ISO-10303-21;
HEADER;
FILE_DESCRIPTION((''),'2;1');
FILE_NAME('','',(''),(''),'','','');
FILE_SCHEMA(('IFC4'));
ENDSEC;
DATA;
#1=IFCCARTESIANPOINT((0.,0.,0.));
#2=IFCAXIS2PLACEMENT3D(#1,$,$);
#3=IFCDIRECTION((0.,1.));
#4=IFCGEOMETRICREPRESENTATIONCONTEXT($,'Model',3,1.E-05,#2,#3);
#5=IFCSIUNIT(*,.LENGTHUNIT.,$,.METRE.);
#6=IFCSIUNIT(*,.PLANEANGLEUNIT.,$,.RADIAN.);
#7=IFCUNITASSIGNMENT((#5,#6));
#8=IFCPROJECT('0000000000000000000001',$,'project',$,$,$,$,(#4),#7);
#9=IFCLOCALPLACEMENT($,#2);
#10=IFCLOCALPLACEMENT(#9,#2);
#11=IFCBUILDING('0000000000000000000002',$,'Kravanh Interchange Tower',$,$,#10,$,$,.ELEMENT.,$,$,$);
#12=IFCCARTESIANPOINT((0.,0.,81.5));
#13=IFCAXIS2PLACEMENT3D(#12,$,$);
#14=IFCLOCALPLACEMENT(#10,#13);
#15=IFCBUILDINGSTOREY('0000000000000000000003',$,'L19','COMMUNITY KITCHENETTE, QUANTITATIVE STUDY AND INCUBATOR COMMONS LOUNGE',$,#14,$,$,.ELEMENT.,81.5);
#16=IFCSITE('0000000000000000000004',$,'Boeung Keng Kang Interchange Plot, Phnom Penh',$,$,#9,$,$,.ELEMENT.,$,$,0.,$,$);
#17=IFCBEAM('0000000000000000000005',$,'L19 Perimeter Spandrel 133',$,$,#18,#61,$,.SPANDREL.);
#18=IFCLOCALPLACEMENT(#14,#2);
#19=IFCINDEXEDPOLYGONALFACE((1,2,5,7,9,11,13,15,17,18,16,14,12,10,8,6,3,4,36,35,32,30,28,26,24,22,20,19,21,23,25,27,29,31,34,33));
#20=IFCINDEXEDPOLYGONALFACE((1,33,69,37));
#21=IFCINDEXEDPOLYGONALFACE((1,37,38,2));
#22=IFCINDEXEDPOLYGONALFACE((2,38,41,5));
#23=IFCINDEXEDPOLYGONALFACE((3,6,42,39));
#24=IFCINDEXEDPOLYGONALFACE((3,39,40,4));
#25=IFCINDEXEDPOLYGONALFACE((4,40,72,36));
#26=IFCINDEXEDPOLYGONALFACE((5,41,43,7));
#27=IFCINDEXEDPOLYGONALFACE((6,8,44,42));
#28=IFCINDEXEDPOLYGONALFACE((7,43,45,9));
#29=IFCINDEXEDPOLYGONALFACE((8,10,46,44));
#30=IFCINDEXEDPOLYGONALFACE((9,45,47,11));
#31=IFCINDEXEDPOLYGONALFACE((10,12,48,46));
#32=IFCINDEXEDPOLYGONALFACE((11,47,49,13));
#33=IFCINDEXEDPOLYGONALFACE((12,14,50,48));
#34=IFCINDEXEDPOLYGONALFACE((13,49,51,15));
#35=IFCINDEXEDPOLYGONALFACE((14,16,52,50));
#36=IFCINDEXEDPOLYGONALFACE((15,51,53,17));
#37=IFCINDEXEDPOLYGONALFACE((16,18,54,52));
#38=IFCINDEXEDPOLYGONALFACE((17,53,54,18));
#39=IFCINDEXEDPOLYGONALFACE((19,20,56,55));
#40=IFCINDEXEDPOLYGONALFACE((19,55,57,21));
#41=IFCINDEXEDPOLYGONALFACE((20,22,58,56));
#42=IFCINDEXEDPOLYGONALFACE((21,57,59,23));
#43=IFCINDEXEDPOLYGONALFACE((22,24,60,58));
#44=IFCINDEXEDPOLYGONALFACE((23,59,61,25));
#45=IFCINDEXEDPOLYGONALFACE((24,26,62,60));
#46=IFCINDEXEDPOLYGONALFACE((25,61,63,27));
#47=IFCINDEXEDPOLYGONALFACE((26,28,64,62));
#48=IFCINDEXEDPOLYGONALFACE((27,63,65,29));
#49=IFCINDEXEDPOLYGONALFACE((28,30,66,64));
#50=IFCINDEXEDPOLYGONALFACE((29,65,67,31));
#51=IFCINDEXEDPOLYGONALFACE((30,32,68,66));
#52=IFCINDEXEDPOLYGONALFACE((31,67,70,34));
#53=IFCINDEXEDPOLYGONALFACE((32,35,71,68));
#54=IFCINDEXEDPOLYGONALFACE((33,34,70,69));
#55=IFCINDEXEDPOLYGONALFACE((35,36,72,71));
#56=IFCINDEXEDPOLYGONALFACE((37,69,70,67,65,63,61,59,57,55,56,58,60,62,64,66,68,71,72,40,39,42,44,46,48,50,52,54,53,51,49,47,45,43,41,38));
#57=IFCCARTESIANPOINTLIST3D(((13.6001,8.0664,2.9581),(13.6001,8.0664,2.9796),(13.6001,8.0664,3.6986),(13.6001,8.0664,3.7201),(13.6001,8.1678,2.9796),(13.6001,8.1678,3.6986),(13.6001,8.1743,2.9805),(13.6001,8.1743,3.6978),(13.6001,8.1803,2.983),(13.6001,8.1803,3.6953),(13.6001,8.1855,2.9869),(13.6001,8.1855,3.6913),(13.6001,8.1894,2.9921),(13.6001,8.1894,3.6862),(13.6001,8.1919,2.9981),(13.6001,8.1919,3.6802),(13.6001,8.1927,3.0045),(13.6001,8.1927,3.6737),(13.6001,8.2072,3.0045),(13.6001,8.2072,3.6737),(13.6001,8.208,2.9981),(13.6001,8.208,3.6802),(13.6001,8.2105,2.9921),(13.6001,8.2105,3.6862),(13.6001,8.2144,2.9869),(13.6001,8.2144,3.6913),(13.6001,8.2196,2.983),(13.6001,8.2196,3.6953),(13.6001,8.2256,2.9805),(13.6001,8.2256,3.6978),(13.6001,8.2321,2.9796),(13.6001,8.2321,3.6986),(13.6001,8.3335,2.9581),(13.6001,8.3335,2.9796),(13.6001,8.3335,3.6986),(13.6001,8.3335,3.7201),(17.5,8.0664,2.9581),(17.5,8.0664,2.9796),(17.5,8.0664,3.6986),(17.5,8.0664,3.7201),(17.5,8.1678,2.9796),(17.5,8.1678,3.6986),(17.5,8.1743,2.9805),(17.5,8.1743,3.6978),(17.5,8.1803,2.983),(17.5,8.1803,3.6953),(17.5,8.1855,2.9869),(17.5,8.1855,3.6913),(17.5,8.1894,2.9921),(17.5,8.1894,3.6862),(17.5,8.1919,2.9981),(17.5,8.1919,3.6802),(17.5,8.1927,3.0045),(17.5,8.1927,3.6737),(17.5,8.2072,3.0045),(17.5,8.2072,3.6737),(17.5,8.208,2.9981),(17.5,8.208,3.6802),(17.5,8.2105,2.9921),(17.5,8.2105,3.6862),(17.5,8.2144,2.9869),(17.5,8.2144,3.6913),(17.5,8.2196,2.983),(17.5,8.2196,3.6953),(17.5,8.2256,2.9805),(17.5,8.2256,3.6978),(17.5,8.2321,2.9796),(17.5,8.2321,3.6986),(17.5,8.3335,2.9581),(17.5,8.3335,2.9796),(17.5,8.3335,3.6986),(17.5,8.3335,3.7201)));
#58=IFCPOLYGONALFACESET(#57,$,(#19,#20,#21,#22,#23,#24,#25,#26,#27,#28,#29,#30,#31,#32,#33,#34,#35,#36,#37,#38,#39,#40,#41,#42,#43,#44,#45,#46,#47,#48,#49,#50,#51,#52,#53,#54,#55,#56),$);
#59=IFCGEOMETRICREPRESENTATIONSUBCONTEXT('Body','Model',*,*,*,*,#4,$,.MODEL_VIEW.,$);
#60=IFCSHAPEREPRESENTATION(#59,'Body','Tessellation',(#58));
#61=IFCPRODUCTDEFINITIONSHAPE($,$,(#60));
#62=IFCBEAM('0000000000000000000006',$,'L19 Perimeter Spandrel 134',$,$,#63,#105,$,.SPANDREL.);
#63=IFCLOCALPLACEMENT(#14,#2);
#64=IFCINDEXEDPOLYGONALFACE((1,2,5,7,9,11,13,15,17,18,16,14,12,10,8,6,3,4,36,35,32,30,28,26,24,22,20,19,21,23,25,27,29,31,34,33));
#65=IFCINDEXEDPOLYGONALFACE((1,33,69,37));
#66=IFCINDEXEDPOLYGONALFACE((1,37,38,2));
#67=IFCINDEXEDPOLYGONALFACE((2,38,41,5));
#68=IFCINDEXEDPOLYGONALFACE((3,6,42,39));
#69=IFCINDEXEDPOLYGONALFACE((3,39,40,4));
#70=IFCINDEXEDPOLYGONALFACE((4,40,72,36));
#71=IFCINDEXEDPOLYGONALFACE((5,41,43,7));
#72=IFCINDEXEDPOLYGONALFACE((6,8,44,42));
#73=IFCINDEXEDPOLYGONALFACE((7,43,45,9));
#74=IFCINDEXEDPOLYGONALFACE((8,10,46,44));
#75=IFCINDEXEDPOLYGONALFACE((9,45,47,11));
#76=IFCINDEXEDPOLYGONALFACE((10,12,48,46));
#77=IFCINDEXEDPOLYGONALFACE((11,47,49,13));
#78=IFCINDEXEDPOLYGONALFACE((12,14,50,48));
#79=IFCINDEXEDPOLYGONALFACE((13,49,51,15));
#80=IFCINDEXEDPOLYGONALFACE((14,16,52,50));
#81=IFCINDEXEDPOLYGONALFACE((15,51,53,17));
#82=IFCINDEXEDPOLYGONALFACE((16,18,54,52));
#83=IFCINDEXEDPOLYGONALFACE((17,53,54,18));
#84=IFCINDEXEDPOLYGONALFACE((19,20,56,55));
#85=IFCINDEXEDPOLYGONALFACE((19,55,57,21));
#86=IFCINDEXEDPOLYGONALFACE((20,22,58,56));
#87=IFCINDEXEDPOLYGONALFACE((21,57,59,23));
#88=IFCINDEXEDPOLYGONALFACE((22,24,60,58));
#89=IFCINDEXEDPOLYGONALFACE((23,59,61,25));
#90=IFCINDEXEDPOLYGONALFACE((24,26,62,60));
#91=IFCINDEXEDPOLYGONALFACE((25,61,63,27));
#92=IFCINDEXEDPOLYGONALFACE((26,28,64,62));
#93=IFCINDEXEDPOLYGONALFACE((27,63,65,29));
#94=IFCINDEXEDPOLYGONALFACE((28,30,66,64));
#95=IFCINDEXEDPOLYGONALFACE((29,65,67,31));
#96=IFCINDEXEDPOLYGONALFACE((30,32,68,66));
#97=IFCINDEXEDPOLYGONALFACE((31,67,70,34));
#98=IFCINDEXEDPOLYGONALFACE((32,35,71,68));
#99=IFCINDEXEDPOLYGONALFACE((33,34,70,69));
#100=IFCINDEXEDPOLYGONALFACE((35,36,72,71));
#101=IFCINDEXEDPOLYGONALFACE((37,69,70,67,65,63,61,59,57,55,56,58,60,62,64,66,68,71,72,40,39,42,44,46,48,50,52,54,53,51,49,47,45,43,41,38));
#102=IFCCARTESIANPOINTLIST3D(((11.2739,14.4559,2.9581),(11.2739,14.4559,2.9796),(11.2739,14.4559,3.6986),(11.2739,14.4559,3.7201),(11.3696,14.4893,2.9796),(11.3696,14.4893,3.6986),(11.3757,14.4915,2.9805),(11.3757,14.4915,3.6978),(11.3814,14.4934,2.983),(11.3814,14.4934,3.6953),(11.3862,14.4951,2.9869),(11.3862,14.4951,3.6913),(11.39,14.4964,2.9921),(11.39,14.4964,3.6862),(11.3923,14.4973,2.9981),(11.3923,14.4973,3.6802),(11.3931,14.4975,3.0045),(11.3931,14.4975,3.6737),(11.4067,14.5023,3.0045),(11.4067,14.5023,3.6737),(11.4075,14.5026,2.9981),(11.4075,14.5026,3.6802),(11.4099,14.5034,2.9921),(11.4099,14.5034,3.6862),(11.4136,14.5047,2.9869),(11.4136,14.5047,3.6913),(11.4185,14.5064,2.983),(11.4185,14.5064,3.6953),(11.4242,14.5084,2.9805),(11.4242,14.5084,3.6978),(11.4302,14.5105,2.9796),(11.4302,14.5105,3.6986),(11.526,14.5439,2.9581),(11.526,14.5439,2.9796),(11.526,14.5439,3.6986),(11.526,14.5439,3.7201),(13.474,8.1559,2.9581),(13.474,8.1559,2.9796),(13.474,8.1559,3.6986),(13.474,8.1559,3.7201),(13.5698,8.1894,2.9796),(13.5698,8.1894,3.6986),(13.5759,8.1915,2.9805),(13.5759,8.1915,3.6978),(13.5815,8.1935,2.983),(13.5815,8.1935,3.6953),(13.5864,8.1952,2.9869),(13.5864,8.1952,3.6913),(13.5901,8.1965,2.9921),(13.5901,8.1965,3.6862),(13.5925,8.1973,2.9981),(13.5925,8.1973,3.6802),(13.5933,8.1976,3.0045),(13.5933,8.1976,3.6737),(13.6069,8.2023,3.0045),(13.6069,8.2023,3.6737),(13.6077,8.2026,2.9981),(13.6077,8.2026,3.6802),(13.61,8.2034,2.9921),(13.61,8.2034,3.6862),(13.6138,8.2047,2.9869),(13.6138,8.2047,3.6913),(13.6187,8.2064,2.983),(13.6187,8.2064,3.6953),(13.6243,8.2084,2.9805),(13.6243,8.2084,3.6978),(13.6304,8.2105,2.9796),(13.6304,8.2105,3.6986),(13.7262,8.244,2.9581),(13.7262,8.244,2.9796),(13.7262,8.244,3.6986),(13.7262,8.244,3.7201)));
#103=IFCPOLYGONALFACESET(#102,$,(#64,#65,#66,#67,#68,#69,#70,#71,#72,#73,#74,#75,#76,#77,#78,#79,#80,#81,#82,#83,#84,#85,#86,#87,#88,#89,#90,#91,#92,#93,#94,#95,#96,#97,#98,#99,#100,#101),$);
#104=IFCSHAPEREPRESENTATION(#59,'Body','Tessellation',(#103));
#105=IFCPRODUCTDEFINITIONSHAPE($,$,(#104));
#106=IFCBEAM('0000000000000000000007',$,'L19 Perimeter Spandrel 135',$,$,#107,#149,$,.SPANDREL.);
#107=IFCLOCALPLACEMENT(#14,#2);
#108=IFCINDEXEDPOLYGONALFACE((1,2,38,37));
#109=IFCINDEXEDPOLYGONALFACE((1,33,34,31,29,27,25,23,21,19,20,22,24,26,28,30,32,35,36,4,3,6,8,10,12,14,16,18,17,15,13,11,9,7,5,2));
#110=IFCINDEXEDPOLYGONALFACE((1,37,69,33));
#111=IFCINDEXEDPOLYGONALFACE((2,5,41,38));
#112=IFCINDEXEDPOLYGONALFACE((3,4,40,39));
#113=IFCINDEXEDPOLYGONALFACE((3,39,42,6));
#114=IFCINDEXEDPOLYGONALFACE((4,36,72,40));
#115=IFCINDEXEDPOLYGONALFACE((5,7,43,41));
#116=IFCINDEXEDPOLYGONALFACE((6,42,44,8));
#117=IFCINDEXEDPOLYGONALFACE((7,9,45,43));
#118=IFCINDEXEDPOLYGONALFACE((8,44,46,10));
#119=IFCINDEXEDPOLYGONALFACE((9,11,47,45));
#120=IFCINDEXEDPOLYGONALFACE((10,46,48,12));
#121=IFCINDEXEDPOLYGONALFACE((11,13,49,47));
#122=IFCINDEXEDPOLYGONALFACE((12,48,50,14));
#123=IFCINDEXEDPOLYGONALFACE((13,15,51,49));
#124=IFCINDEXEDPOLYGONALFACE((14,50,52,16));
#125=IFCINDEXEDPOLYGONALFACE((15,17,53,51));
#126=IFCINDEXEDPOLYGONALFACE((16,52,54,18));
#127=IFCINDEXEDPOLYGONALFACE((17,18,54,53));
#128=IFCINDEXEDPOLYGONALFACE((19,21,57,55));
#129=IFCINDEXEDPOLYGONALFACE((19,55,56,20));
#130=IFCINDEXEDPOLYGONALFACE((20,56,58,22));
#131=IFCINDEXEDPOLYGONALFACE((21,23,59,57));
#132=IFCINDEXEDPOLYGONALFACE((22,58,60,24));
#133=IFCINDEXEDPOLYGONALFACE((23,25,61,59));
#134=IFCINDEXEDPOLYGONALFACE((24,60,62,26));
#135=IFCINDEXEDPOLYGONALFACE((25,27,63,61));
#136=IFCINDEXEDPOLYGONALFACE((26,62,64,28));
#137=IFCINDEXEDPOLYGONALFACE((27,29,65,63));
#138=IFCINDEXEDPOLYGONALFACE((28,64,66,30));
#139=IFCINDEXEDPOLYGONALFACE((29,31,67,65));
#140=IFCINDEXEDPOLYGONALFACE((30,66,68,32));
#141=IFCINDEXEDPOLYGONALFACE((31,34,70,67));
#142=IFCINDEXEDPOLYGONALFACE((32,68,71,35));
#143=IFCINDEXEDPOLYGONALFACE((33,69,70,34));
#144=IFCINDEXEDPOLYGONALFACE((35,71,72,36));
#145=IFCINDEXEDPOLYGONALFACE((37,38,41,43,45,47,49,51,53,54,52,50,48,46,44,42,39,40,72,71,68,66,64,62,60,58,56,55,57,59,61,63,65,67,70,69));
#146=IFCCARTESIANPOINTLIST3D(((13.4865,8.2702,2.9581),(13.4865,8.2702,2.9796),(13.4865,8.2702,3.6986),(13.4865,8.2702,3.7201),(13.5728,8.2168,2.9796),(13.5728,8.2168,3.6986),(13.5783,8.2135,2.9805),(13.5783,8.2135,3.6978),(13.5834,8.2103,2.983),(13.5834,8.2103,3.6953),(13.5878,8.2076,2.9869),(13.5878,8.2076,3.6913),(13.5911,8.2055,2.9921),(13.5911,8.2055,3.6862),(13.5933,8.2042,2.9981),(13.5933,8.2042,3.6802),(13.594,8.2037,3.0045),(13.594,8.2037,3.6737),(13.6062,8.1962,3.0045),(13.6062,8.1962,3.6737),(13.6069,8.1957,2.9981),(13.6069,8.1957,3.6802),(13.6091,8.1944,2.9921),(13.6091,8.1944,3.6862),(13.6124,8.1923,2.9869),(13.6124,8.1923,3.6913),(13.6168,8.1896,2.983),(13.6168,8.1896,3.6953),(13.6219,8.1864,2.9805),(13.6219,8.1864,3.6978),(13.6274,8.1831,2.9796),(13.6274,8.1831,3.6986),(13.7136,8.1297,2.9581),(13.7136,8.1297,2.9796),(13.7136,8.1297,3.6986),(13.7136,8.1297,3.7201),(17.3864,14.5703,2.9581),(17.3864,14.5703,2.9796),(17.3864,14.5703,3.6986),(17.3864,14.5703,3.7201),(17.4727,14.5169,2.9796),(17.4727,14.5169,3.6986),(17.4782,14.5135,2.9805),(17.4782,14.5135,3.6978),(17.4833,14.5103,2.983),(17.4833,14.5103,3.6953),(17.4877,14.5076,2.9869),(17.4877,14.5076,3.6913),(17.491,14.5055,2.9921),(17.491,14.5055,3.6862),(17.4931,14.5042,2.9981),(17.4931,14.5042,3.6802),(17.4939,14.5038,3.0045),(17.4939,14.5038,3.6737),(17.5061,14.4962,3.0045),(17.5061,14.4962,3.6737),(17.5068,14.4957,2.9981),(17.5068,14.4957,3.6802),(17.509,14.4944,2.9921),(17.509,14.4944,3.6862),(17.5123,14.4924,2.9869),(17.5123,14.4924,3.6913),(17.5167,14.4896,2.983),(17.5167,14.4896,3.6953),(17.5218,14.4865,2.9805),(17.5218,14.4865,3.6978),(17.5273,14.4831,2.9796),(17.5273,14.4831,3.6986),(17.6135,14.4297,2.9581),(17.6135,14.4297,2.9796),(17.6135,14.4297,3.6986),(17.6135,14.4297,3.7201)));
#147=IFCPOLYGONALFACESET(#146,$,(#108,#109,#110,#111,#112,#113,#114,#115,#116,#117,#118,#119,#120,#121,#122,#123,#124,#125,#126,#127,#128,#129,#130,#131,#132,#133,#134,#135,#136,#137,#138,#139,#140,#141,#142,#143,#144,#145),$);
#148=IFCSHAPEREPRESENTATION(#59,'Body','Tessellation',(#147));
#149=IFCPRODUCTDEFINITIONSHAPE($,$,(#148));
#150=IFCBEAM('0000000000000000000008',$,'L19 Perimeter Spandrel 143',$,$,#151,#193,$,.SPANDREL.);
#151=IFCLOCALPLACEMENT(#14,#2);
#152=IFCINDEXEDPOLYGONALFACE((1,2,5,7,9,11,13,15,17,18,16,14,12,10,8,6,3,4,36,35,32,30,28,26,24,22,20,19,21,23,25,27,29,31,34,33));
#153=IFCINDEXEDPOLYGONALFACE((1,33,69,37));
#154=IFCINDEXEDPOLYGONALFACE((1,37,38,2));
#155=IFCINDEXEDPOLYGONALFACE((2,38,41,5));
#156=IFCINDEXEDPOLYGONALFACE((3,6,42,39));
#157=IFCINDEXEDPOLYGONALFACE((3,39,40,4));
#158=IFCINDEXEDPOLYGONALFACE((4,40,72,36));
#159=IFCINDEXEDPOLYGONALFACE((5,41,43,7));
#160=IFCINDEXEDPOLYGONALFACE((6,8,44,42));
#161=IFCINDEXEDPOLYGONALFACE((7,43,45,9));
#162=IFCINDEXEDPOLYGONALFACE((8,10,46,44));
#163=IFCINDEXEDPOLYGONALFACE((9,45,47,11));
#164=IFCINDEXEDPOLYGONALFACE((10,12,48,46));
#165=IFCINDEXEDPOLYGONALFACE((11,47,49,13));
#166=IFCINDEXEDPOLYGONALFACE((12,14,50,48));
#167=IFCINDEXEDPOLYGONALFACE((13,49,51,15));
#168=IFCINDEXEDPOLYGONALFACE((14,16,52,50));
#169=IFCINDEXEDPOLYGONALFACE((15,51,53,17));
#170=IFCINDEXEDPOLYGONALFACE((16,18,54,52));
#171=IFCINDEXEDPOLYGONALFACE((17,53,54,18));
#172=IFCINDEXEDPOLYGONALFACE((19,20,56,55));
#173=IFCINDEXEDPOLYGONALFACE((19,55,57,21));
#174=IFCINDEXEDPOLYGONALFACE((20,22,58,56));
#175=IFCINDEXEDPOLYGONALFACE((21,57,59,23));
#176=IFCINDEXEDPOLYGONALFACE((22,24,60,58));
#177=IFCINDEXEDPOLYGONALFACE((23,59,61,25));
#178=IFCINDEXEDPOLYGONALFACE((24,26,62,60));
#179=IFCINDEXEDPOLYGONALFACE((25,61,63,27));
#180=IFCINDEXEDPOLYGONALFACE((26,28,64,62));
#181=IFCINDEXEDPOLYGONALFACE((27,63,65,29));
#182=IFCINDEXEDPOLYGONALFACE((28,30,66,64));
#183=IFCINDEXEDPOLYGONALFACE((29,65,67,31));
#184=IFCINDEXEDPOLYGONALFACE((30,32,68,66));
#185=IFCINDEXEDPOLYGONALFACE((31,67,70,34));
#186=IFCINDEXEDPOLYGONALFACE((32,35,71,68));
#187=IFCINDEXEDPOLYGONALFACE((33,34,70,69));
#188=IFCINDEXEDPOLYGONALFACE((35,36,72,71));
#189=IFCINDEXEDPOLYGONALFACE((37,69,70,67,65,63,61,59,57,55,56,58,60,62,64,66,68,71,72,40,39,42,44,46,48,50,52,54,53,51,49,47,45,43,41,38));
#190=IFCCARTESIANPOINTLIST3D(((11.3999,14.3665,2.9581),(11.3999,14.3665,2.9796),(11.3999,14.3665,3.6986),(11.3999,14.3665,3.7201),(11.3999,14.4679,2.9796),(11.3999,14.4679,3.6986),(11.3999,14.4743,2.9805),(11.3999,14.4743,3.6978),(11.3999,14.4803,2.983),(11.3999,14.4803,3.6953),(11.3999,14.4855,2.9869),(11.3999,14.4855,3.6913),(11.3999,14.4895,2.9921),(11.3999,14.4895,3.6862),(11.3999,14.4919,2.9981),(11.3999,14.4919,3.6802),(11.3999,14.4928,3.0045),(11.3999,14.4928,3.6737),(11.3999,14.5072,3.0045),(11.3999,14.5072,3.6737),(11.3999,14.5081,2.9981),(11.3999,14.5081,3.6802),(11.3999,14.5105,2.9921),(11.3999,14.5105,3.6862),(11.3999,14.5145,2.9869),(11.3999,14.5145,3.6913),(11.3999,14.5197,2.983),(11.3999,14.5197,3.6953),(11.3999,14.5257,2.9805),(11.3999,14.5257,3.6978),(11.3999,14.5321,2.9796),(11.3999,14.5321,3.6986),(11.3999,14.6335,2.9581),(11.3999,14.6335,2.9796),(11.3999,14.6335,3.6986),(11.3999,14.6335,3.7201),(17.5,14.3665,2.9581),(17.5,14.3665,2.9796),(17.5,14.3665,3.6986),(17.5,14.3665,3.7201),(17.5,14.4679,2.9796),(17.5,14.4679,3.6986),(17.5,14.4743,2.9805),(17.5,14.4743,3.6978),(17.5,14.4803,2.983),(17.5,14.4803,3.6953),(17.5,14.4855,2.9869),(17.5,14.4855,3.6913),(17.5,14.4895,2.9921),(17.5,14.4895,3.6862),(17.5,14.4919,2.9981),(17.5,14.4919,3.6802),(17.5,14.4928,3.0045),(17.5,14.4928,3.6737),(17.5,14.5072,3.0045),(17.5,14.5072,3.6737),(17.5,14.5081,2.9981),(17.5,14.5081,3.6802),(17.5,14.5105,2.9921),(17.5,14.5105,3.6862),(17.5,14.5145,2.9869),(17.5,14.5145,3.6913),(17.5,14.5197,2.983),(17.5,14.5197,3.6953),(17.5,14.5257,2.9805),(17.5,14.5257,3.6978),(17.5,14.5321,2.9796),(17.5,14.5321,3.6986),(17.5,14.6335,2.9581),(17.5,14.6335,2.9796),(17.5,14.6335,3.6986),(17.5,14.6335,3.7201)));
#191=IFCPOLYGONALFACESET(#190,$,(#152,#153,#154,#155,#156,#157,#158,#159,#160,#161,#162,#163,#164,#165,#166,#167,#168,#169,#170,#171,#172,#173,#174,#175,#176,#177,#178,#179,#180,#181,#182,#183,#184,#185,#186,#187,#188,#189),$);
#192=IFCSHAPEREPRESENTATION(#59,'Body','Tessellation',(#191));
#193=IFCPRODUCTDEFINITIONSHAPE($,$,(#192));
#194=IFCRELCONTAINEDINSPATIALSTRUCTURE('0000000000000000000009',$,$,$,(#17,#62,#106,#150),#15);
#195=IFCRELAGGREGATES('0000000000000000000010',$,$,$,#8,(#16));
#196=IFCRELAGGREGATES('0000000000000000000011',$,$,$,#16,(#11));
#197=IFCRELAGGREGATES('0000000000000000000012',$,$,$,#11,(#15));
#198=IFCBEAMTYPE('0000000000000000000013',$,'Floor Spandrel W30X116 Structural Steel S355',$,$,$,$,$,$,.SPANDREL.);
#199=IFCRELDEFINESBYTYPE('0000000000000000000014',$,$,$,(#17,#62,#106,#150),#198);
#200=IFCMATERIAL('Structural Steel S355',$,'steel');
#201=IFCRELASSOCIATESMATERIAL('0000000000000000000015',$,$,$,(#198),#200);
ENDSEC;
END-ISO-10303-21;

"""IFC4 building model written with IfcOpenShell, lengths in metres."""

from ifc_helpers import new_model, si_unit, direction, frame, origin, origin_2d, place, context, subcontext, project, spatial, i_section, extrude, material, material_profile, profile_set, type_object, element, save


model = new_model("IFC4")

# Units and contexts
model_context = context("Model", 3, precision=1e-05, world=origin(), true_north=direction((0.0, 1.0)))
body_context = subcontext(model_context, "Body", "Model", "MODEL_VIEW")
ifc_project = project(units=[si_unit("LENGTHUNIT", "METRE"), si_unit("PLANEANGLEUNIT", "RADIAN")], contexts=[model_context])

# Site, building, storey
site_placement = place(None, origin())
site = spatial("IfcSite", under=ifc_project, at=site_placement, Name="Boeung Keng Kang Interchange Plot, Phnom Penh", CompositionType="ELEMENT", RefElevation=0.0)
building_placement = place(site_placement, origin())
building = spatial("IfcBuilding", under=site, at=building_placement, Name="Kravanh Interchange Tower", CompositionType="ELEMENT")
storey_placement = place(building_placement, frame((0.0, 0.0, 81.5)))
storey = spatial("IfcBuildingStorey", under=building, at=storey_placement, Name="L19", Description="COMMUNITY KITCHENETTE, QUANTITATIVE STUDY AND INCUBATOR COMMONS LOUNGE", CompositionType="ELEMENT", Elevation=81.5)

# Beams
ifc_material_1 = material(Name="Structural Steel S355", Category="steel")
ifc_material_profile_1 = material_profile(ifc_material_1, i_section(OverallWidth=0.2671, OverallDepth=0.762, WebThickness=0.0144, FlangeThickness=0.0215, FilletRadius=0.0249, at=origin_2d()), Name="W30X116")
ifc_profile_set_1 = profile_set([ifc_material_profile_1], Name="Structural Steel S355")
beam_type_1 = type_object("IfcBeamType", Name="Floor Spandrel W30X116 Structural Steel S355", PredefinedType="SPANDREL", material=ifc_profile_set_1)
beam_1_placement = place(storey_placement, frame((13.6001, 8.2, 3.3391), z_axis=(1.0, 0.0, 0.0), x_axis=(0.0, 1.0, 0.0)))
element("IfcBeam", 1, at=beam_1_placement, inside=storey, type_object=beam_type_1, Name="L19 Perimeter Spandrel 133", PredefinedType="SPANDREL", context=body_context, shape_type="SweptSolid", body=[
    extrude(i_section(OverallWidth=0.2671, OverallDepth=0.762, WebThickness=0.0144, FlangeThickness=0.0215, FilletRadius=0.0249, at=origin_2d()), origin(), (0.0, 0.0, 1.0), 3.8999),
])
beam_2_placement = place(storey_placement, frame((13.6001, 8.2, 3.3391), z_axis=(-0.329707, 0.944083, 0.0), x_axis=(-0.944083, -0.329707, 0.0)))
element("IfcBeam", 2, at=beam_2_placement, inside=storey, type_object=beam_type_1, Name="L19 Perimeter Spandrel 134", PredefinedType="SPANDREL", context=body_context, shape_type="SweptSolid", body=[
    extrude(i_section(OverallWidth=0.2671, OverallDepth=0.762, WebThickness=0.0144, FlangeThickness=0.0215, FilletRadius=0.0249, at=origin_2d()), origin(), (0.0, 0.0, 1.0), 6.6731),
])
beam_3_placement = place(storey_placement, frame((13.6001, 8.2, 3.3391), z_axis=(0.526342, 0.850273, 0.0), x_axis=(-0.850273, 0.526342, 0.0)))
element("IfcBeam", 3, at=beam_3_placement, inside=storey, type_object=beam_type_1, Name="L19 Perimeter Spandrel 135", PredefinedType="SPANDREL", context=body_context, shape_type="SweptSolid", body=[
    extrude(i_section(OverallWidth=0.2671, OverallDepth=0.762, WebThickness=0.0144, FlangeThickness=0.0215, FilletRadius=0.0249, at=origin_2d()), origin(), (0.0, 0.0, 1.0), 7.4094),
])
beam_4_placement = place(storey_placement, frame((11.3999, 14.5, 3.3391), z_axis=(1.0, 0.0, 0.0), x_axis=(0.0, 1.0, 0.0)))
element("IfcBeam", 4, at=beam_4_placement, inside=storey, type_object=beam_type_1, Name="L19 Perimeter Spandrel 143", PredefinedType="SPANDREL", context=body_context, shape_type="SweptSolid", body=[
    extrude(i_section(OverallWidth=0.2671, OverallDepth=0.762, WebThickness=0.0144, FlangeThickness=0.0215, FilletRadius=0.0249, at=origin_2d()), origin(), (0.0, 0.0, 1.0), 6.1001),
])

save(model, "model.ifc")
